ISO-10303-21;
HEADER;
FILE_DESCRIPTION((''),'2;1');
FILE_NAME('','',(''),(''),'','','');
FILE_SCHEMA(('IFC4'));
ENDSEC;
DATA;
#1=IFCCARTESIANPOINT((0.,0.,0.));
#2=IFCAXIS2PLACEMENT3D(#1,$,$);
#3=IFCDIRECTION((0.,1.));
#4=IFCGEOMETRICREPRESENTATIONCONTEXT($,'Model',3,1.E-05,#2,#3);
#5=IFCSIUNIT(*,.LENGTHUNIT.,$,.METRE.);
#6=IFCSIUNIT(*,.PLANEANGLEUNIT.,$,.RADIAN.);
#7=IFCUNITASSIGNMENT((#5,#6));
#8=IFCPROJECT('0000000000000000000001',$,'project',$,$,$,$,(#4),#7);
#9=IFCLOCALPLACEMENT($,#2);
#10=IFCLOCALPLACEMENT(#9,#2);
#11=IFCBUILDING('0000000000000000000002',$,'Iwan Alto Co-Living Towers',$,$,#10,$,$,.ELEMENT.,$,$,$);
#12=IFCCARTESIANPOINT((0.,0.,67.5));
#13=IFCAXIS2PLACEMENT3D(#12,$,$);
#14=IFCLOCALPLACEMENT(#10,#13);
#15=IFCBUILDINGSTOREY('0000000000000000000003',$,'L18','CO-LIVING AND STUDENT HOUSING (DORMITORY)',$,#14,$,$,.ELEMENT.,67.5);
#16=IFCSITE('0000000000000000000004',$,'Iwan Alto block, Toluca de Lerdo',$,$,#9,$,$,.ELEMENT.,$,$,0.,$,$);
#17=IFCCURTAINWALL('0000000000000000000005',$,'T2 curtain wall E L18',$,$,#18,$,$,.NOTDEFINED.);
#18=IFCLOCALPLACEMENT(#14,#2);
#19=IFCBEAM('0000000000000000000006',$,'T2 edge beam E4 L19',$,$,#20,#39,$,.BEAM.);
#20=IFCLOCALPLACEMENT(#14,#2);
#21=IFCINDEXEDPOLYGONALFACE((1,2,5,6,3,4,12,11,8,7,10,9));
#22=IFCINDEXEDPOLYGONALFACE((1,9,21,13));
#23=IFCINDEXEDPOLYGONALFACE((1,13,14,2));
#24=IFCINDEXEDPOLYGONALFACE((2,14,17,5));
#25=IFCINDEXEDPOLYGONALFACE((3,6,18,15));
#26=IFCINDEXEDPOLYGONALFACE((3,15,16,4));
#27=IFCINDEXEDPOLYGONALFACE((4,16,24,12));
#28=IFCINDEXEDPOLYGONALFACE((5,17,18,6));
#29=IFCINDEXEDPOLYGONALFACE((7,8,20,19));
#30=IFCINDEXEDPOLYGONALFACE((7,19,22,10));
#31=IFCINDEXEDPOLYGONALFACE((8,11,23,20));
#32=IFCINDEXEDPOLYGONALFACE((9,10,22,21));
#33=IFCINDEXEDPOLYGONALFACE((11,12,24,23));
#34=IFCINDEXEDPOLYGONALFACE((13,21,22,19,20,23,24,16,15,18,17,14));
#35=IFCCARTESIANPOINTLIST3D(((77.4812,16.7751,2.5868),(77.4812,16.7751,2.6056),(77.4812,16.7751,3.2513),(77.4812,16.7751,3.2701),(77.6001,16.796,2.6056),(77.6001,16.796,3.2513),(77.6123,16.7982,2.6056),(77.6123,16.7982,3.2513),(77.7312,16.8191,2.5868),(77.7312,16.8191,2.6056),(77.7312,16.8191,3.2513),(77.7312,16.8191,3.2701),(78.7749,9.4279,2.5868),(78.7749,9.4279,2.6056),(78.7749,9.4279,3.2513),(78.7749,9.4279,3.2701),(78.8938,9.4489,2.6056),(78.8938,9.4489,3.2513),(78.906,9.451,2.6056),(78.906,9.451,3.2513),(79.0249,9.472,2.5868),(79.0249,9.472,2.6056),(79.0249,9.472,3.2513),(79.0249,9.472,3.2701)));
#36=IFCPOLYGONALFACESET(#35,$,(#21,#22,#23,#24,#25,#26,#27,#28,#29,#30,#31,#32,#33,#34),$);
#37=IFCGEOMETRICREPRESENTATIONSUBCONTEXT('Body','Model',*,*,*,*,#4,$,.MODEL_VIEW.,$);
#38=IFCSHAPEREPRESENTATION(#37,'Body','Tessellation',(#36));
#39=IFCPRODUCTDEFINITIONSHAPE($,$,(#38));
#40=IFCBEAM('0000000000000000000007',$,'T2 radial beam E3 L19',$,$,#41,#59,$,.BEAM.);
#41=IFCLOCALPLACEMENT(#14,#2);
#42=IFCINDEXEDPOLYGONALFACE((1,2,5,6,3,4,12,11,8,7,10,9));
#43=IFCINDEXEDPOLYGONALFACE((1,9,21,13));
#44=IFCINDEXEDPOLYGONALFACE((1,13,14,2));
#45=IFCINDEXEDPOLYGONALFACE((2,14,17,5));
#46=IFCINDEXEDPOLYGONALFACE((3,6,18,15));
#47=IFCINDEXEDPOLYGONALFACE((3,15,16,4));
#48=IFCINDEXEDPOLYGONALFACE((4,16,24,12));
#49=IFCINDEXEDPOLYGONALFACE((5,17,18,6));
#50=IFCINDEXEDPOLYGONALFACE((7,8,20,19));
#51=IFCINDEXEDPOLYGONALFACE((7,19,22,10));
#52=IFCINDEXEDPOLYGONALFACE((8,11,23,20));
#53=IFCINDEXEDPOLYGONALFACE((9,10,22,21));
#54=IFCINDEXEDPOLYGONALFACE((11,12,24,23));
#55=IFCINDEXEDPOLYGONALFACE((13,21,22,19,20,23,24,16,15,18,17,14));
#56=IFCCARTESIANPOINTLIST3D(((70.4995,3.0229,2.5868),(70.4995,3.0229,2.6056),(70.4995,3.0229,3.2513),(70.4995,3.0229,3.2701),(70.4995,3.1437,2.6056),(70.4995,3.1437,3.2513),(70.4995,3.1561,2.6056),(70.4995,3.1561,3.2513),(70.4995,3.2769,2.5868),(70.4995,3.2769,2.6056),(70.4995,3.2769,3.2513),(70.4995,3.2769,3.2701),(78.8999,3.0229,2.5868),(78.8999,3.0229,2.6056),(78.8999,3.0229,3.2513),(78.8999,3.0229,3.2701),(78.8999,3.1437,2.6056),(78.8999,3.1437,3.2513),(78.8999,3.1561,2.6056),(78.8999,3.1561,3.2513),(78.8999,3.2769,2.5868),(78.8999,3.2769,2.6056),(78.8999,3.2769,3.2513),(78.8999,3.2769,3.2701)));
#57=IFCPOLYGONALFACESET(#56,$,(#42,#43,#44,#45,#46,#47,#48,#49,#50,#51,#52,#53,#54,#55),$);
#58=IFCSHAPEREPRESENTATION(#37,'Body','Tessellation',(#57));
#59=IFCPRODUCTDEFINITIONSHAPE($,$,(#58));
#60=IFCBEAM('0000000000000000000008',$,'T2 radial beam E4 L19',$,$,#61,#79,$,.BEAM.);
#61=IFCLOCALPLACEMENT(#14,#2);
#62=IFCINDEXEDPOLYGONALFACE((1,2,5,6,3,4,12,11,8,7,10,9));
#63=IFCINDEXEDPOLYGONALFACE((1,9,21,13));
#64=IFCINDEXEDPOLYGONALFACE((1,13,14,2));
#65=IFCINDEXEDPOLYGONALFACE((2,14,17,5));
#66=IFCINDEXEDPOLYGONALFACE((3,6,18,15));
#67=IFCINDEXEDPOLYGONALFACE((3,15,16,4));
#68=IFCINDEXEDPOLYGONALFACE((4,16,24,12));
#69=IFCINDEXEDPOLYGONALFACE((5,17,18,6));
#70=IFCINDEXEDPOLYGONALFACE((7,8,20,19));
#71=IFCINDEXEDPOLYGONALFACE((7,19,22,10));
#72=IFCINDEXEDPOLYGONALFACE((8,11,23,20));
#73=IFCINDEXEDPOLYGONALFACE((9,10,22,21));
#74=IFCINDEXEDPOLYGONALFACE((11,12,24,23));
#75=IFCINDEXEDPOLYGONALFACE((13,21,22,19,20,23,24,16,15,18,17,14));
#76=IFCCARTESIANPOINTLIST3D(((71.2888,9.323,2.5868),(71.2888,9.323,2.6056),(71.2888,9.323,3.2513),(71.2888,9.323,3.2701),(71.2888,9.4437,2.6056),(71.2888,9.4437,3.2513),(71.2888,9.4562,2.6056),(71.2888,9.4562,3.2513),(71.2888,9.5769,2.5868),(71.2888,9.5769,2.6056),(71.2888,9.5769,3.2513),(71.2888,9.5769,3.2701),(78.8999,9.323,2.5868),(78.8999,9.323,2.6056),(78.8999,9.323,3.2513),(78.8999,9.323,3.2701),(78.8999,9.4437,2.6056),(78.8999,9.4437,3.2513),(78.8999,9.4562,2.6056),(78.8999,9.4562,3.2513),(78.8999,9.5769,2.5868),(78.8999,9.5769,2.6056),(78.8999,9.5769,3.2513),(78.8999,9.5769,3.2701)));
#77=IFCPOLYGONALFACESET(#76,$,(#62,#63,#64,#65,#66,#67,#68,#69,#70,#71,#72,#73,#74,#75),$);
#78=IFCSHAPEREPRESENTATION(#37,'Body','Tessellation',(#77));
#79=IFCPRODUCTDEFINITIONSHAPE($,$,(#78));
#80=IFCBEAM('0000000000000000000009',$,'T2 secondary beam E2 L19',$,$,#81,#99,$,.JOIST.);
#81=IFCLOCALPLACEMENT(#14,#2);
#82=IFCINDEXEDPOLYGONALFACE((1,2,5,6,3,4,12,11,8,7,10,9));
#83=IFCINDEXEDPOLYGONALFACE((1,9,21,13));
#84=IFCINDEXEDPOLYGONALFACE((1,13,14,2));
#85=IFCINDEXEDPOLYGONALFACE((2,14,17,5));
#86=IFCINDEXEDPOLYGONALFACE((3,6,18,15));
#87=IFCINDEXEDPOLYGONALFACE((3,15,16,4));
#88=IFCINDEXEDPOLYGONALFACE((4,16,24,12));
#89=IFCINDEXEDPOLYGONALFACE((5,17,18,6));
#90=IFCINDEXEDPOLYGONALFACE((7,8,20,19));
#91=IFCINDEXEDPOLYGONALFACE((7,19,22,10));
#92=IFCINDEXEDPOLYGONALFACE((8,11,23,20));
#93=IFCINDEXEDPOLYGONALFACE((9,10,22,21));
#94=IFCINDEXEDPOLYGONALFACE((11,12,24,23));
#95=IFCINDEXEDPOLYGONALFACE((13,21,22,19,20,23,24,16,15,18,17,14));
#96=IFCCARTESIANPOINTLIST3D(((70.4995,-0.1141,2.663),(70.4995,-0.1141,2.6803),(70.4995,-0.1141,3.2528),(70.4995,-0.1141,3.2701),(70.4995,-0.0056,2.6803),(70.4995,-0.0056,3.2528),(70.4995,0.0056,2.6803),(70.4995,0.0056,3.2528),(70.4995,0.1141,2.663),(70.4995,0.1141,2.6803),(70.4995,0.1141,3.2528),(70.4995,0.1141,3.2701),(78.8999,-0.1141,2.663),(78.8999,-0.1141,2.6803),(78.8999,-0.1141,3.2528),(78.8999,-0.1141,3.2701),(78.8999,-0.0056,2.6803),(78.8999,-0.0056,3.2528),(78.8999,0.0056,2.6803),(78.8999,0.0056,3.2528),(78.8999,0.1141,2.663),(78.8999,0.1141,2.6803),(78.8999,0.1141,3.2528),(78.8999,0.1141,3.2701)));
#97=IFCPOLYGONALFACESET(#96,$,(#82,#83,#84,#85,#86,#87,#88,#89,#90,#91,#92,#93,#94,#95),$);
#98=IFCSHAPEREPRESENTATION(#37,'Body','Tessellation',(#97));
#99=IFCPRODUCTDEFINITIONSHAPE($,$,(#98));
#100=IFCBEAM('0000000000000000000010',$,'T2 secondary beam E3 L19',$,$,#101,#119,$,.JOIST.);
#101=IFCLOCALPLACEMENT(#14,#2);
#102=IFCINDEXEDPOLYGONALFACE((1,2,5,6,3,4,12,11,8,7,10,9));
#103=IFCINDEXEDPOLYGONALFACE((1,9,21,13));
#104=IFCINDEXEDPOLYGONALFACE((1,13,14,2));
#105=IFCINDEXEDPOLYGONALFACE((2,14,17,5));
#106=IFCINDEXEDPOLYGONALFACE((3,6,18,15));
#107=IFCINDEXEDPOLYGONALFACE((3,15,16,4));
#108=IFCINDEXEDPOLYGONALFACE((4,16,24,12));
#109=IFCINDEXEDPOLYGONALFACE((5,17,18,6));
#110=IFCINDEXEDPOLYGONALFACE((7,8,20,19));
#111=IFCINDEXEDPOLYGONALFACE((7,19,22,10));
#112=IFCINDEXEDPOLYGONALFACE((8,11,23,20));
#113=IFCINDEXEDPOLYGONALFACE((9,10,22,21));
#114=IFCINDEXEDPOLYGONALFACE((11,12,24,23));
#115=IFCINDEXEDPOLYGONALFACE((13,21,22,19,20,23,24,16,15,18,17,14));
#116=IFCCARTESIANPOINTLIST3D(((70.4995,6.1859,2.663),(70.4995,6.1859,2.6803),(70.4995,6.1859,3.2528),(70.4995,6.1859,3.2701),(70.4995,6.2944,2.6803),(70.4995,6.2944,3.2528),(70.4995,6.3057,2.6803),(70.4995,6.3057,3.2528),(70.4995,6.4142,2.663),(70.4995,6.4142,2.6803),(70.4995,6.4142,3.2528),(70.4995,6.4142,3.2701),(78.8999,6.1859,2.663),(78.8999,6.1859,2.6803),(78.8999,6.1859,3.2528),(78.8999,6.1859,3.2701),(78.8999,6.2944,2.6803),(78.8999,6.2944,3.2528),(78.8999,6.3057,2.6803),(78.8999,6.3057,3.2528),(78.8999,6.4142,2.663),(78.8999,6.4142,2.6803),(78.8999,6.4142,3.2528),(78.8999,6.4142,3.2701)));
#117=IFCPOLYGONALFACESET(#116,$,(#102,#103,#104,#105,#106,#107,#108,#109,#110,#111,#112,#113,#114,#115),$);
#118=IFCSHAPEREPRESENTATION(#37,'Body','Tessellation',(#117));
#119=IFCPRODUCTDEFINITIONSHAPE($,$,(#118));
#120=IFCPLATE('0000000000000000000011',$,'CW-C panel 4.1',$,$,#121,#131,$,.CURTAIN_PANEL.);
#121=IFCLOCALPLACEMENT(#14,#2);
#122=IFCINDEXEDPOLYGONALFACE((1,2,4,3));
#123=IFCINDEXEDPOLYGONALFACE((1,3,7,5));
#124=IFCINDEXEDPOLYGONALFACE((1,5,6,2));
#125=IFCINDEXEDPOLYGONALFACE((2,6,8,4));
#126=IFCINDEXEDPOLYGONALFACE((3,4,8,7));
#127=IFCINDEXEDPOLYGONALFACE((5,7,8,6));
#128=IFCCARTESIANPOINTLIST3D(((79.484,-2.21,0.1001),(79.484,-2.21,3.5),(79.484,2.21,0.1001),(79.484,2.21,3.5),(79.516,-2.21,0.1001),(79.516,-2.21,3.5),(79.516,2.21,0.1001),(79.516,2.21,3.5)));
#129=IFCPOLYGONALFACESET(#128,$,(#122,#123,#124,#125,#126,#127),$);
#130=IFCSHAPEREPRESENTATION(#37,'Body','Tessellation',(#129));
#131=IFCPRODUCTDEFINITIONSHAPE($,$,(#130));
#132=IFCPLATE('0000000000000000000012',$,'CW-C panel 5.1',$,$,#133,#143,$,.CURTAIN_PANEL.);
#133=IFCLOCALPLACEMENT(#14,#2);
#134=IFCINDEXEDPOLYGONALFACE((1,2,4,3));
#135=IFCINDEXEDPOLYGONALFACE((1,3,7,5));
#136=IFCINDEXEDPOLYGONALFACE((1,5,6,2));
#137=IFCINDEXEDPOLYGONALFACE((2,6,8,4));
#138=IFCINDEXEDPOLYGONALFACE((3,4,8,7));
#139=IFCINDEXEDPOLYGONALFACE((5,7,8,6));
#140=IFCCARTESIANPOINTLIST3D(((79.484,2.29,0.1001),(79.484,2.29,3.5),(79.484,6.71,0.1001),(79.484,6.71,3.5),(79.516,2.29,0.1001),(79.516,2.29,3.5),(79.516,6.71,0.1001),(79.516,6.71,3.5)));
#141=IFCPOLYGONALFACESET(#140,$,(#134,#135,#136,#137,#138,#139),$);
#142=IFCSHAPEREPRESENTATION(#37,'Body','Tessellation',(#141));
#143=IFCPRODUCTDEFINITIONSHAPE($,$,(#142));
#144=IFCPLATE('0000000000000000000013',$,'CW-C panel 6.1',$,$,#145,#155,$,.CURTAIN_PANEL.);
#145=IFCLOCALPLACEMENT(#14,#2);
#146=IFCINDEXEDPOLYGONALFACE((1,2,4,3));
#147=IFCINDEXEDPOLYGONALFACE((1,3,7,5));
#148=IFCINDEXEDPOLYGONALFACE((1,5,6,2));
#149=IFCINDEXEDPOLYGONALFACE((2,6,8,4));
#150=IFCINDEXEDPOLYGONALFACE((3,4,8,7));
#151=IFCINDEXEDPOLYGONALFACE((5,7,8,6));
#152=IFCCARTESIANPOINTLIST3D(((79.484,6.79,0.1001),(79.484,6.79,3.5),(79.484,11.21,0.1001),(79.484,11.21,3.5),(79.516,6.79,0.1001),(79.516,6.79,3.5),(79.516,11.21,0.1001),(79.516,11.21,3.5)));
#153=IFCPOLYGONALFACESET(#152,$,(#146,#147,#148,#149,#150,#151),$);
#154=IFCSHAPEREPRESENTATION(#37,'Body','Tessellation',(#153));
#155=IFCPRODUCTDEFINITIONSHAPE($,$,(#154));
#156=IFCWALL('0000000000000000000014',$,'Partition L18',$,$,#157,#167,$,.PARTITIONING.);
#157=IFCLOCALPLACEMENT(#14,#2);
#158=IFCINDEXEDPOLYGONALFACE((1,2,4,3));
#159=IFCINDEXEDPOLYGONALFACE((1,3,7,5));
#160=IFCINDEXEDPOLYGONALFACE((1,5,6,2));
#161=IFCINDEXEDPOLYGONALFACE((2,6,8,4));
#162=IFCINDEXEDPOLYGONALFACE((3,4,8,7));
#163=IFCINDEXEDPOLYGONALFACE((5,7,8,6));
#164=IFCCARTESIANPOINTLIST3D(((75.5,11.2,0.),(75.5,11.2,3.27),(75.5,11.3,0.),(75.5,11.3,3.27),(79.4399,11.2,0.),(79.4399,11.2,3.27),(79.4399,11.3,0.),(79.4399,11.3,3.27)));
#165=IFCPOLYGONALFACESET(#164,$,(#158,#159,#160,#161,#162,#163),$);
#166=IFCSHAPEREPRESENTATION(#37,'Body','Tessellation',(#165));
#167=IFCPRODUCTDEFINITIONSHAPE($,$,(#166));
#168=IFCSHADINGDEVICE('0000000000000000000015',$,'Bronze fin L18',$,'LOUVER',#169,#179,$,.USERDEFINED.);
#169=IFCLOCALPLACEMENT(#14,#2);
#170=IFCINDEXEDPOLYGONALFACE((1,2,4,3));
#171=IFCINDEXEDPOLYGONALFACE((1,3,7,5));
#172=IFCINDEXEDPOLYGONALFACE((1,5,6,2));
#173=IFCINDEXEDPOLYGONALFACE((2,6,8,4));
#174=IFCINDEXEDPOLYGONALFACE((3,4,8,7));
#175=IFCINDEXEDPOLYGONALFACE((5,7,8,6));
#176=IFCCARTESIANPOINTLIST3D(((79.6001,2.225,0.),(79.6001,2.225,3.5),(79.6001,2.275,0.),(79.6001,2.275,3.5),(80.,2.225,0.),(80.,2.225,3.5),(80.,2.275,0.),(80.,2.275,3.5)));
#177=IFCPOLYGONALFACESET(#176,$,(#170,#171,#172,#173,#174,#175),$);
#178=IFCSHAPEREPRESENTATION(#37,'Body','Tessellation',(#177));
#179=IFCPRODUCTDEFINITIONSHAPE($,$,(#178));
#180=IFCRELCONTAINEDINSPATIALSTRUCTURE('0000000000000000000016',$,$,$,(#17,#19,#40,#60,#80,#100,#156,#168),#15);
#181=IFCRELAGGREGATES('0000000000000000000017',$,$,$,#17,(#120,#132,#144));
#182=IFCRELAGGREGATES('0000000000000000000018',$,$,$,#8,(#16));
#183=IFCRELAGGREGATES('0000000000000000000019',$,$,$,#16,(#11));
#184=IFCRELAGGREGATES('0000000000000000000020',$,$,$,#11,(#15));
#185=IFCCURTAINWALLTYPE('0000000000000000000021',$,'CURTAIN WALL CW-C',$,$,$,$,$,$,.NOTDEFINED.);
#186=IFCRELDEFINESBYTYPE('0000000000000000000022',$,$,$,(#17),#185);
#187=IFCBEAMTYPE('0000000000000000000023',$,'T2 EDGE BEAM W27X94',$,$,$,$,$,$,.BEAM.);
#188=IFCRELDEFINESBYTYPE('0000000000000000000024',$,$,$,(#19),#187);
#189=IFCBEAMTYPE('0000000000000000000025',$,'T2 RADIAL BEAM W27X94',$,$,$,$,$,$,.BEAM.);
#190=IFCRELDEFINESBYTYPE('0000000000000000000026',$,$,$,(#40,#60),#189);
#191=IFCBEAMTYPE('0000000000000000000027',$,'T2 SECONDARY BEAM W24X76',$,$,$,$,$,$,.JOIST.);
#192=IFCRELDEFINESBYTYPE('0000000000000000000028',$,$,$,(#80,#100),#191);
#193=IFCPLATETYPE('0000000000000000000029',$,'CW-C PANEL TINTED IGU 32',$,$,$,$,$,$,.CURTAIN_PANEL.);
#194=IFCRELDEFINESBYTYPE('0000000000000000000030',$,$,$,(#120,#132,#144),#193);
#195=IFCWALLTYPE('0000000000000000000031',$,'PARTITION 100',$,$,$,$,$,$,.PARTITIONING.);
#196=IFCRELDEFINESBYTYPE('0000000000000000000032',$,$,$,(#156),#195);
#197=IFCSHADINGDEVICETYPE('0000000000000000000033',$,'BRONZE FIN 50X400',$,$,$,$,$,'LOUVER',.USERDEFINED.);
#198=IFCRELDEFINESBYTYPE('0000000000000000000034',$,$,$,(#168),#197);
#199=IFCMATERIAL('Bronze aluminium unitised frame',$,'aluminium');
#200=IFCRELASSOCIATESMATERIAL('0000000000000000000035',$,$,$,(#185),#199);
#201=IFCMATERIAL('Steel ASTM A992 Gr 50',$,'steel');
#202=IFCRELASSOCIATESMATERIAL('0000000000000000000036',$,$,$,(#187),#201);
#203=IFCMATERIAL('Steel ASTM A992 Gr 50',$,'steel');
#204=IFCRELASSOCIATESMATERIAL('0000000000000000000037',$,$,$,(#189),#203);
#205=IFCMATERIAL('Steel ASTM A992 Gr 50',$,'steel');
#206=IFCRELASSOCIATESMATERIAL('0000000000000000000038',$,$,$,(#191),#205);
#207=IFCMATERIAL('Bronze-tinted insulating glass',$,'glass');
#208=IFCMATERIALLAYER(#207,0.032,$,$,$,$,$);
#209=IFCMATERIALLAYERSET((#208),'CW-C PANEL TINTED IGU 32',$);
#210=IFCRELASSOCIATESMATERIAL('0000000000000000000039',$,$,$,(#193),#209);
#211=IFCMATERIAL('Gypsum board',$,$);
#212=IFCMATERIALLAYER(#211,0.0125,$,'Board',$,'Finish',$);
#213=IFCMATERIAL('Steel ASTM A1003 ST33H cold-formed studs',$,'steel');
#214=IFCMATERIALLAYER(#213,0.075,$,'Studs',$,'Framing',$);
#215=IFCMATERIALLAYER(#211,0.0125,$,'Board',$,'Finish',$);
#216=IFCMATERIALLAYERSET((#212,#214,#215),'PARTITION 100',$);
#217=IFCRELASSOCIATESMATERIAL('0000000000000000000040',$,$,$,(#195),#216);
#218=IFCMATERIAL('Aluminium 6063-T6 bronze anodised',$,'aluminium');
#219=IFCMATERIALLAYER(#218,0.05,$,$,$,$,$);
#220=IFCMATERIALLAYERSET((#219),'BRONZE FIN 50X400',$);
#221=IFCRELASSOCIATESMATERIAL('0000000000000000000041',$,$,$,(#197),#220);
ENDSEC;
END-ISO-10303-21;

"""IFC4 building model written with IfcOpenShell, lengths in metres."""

from ifc_helpers import new_model, si_unit, direction, frame, frame_2d, origin, origin_2d, place, context, subcontext, project, spatial, rectangle, i_section, extrude, material, layer, layer_set, material_profile, profile_set, type_object, element, aggregate, save


model = new_model("IFC4")

# Units and contexts
model_context = context("Model", 3, precision=1e-05, world=origin(), true_north=direction((0.0, 1.0)))
body_context = subcontext(model_context, "Body", "Model", "MODEL_VIEW")
ifc_project = project(units=[si_unit("LENGTHUNIT", "METRE"), si_unit("PLANEANGLEUNIT", "RADIAN")], contexts=[model_context])

# Site, building, storey
site_placement = place(None, origin())
site = spatial("IfcSite", under=ifc_project, at=site_placement, Name="Iwan Alto block, Toluca de Lerdo", CompositionType="ELEMENT", RefElevation=0.0)
building_placement = place(site_placement, origin())
building = spatial("IfcBuilding", under=site, at=building_placement, Name="Iwan Alto Co-Living Towers", CompositionType="ELEMENT")
storey_placement = place(building_placement, frame((0.0, 0.0, 67.5)))
storey = spatial("IfcBuildingStorey", under=building, at=storey_placement, Name="L18", Description="CO-LIVING AND STUDENT HOUSING (DORMITORY)", CompositionType="ELEMENT", Elevation=67.5)

# Curtain wall
ifc_material_1 = material(Name="Bronze aluminium unitised frame", Category="aluminium")
curtain_wall_type = type_object("IfcCurtainWallType", Name="CURTAIN WALL CW-C", PredefinedType="NOTDEFINED", material=ifc_material_1)
curtain_wall_placement = place(storey_placement, origin())
curtain_wall = element("IfcCurtainWall", 1, at=curtain_wall_placement, inside=storey, type_object=curtain_wall_type, Name="T2 curtain wall E L18", PredefinedType="NOTDEFINED")

# Beams
ifc_material_2 = material(Name="Steel ASTM A992 Gr 50", Category="steel")
ifc_material_profile_1 = material_profile(ifc_material_2, i_section(OverallWidth=0.2539, OverallDepth=0.6833, WebThickness=0.0125, FlangeThickness=0.0188, at=origin_2d()), Name="W27X94")
ifc_profile_set_1 = profile_set([ifc_material_profile_1], Name="Steel ASTM A992 Gr 50")
beam_type_1 = type_object("IfcBeamType", Name="T2 EDGE BEAM W27X94", PredefinedType="BEAM", material=ifc_profile_set_1)
beam_1_placement = place(storey_placement, frame((78.8999, 9.45, 2.9285), z_axis=(-0.173414, 0.984849, 0.0), x_axis=(-0.984849, -0.173414, 0.0)))
element("IfcBeam", 2, at=beam_1_placement, inside=storey, type_object=beam_type_1, Name="T2 edge beam E4 L19", PredefinedType="BEAM", context=body_context, shape_type="SweptSolid", body=[
    extrude(i_section(OverallWidth=0.2539, OverallDepth=0.6833, WebThickness=0.0125, FlangeThickness=0.0188, at=origin_2d()), origin(), (0.0, 0.0, 1.0), 7.4602),
])
ifc_material_3 = material(Name="Steel ASTM A992 Gr 50", Category="steel")
ifc_material_profile_2 = material_profile(ifc_material_3, i_section(OverallWidth=0.2539, OverallDepth=0.6833, WebThickness=0.0125, FlangeThickness=0.0188, at=origin_2d()), Name="W27X94")
ifc_profile_set_2 = profile_set([ifc_material_profile_2], Name="Steel ASTM A992 Gr 50")
beam_type_2 = type_object("IfcBeamType", Name="T2 RADIAL BEAM W27X94", PredefinedType="BEAM", material=ifc_profile_set_2)
beam_2_placement = place(storey_placement, frame((78.8999, 3.1499, 2.9285), z_axis=(-1.0, 0.0, 0.0), x_axis=(0.0, -1.0, 0.0)))
element("IfcBeam", 3, at=beam_2_placement, inside=storey, type_object=beam_type_2, Name="T2 radial beam E3 L19", PredefinedType="BEAM", context=body_context, shape_type="SweptSolid", body=[
    extrude(i_section(OverallWidth=0.2539, OverallDepth=0.6833, WebThickness=0.0125, FlangeThickness=0.0188, at=origin_2d()), origin(), (0.0, 0.0, 1.0), 8.4004),
])
beam_3_placement = place(storey_placement, frame((78.8999, 9.45, 2.9285), z_axis=(-1.0, 0.0, 0.0), x_axis=(0.0, -1.0, 0.0)))
element("IfcBeam", 4, at=beam_3_placement, inside=storey, type_object=beam_type_2, Name="T2 radial beam E4 L19", PredefinedType="BEAM", context=body_context, shape_type="SweptSolid", body=[
    extrude(i_section(OverallWidth=0.2539, OverallDepth=0.6833, WebThickness=0.0125, FlangeThickness=0.0188, at=origin_2d()), origin(), (0.0, 0.0, 1.0), 7.6111),
])
ifc_material_4 = material(Name="Steel ASTM A992 Gr 50", Category="steel")
ifc_material_profile_3 = material_profile(ifc_material_4, i_section(OverallWidth=0.2283, OverallDepth=0.6072, WebThickness=0.0112, FlangeThickness=0.0173, at=origin_2d()), Name="W24X76")
ifc_profile_set_3 = profile_set([ifc_material_profile_3], Name="Steel ASTM A992 Gr 50")
beam_type_3 = type_object("IfcBeamType", Name="T2 SECONDARY BEAM W24X76", PredefinedType="JOIST", material=ifc_profile_set_3)
for number, where, z_axis, x_axis, name in (
    (5, (78.8999, 0.0, 2.9666), (-1.0, 0.0, 0.0), (0.0, -1.0, 0.0), "T2 secondary beam E2 L19"),
    (6, (78.8999, 6.3, 2.9666), (-1.0, 0.0, 0.0), (0.0, -1.0, 0.0), "T2 secondary beam E3 L19"),
):
    element("IfcBeam", number, at=place(storey_placement, frame(where, z_axis=z_axis, x_axis=x_axis)), inside=storey, type_object=beam_type_3, Name=name, PredefinedType="JOIST", context=body_context, shape_type="SweptSolid", body=[
        extrude(i_section(OverallWidth=0.2283, OverallDepth=0.6072, WebThickness=0.0112, FlangeThickness=0.0173, at=origin_2d()), origin(), (0.0, 0.0, 1.0), 8.4004),
    ])

# Plates
ifc_material_5 = material(Name="Bronze-tinted insulating glass", Category="glass")
ifc_layer_1 = layer(ifc_material_5, 0.032)
ifc_layer_set_1 = layer_set([ifc_layer_1], Name="CW-C PANEL TINTED IGU 32")
plate_type = type_object("IfcPlateType", Name="CW-C PANEL TINTED IGU 32", PredefinedType="CURTAIN_PANEL", material=ifc_layer_set_1)
plate_1_placement = place(storey_placement, frame((79.5, 0.0, 0.1001), z_axis=(0.0, 0.0, 1.0), x_axis=(0.0, 1.0, 0.0)))
plate_1 = element("IfcPlate", 7, at=plate_1_placement, type_object=plate_type, Name="CW-C panel 4.1", PredefinedType="CURTAIN_PANEL", context=body_context, shape_type="SweptSolid", body=[
    extrude(rectangle(XDim=4.4199, YDim=0.032, at=origin_2d()), origin(), (0.0, 0.0, 1.0), 3.3999),
])
plate_2_placement = place(storey_placement, frame((79.5, 4.5, 0.1001), z_axis=(0.0, 0.0, 1.0), x_axis=(0.0, 1.0, 0.0)))
plate_2 = element("IfcPlate", 8, at=plate_2_placement, type_object=plate_type, Name="CW-C panel 5.1", PredefinedType="CURTAIN_PANEL", context=body_context, shape_type="SweptSolid", body=[
    extrude(rectangle(XDim=4.4199, YDim=0.032, at=origin_2d()), origin(), (0.0, 0.0, 1.0), 3.3999),
])
plate_3_placement = place(storey_placement, frame((79.5, 9.0, 0.1001), z_axis=(0.0, 0.0, 1.0), x_axis=(0.0, 1.0, 0.0)))
plate_3 = element("IfcPlate", 9, at=plate_3_placement, type_object=plate_type, Name="CW-C panel 6.1", PredefinedType="CURTAIN_PANEL", context=body_context, shape_type="SweptSolid", body=[
    extrude(rectangle(XDim=4.4199, YDim=0.032, at=origin_2d()), origin(), (0.0, 0.0, 1.0), 3.3999),
])
aggregate(curtain_wall, [plate_1, plate_2, plate_3])

# Wall
ifc_material_6 = material(Name="Gypsum board")
ifc_layer_2 = layer(ifc_material_6, 0.0125, Name="Board", Category="Finish")
ifc_material_7 = material(Name="Steel ASTM A1003 ST33H cold-formed studs", Category="steel")
ifc_layer_3 = layer(ifc_material_7, 0.075, Name="Studs", Category="Framing")
ifc_layer_4 = layer(ifc_material_6, 0.0125, Name="Board", Category="Finish")
ifc_layer_set_2 = layer_set([ifc_layer_2, ifc_layer_3, ifc_layer_4], Name="PARTITION 100")
wall_type = type_object("IfcWallType", Name="PARTITION 100", PredefinedType="PARTITIONING", material=ifc_layer_set_2)
wall_placement = place(storey_placement, frame((75.5, 11.25, 0.0), z_axis=(0.0, 0.0, 1.0), x_axis=(1.0, 0.0, 0.0)))
element("IfcWall", 10, at=wall_placement, inside=storey, type_object=wall_type, Name="Partition L18", PredefinedType="PARTITIONING", context=body_context, shape_type="SweptSolid", body=[
    extrude(rectangle(XDim=3.9399, YDim=0.1001, at=frame_2d((1.97, 0.0))), origin(), (0.0, 0.0, 1.0), 3.27),
])

# Shading device
ifc_material_8 = material(Name="Aluminium 6063-T6 bronze anodised", Category="aluminium")
ifc_layer_5 = layer(ifc_material_8, 0.05)
ifc_layer_set_3 = layer_set([ifc_layer_5], Name="BRONZE FIN 50X400")
shading_device_type = type_object("IfcShadingDeviceType", Name="BRONZE FIN 50X400", ElementType="LOUVER", PredefinedType="USERDEFINED", material=ifc_layer_set_3)
for number, where, z_axis, x_axis, name in (
    (11, (79.8, 2.25, 0.0), (0.0, 0.0, 1.0), (0.0, 1.0, 0.0), "Bronze fin L18"),
):
    element("IfcShadingDevice", number, at=place(storey_placement, frame(where, z_axis=z_axis, x_axis=x_axis)), inside=storey, type_object=shading_device_type, Name=name, ObjectType="LOUVER", PredefinedType="USERDEFINED", context=body_context, shape_type="SweptSolid", body=[
        extrude(rectangle(XDim=0.05, YDim=0.3999, at=origin_2d()), origin(), (0.0, 0.0, 1.0), 3.5),
    ])

save(model, "model.ifc")
